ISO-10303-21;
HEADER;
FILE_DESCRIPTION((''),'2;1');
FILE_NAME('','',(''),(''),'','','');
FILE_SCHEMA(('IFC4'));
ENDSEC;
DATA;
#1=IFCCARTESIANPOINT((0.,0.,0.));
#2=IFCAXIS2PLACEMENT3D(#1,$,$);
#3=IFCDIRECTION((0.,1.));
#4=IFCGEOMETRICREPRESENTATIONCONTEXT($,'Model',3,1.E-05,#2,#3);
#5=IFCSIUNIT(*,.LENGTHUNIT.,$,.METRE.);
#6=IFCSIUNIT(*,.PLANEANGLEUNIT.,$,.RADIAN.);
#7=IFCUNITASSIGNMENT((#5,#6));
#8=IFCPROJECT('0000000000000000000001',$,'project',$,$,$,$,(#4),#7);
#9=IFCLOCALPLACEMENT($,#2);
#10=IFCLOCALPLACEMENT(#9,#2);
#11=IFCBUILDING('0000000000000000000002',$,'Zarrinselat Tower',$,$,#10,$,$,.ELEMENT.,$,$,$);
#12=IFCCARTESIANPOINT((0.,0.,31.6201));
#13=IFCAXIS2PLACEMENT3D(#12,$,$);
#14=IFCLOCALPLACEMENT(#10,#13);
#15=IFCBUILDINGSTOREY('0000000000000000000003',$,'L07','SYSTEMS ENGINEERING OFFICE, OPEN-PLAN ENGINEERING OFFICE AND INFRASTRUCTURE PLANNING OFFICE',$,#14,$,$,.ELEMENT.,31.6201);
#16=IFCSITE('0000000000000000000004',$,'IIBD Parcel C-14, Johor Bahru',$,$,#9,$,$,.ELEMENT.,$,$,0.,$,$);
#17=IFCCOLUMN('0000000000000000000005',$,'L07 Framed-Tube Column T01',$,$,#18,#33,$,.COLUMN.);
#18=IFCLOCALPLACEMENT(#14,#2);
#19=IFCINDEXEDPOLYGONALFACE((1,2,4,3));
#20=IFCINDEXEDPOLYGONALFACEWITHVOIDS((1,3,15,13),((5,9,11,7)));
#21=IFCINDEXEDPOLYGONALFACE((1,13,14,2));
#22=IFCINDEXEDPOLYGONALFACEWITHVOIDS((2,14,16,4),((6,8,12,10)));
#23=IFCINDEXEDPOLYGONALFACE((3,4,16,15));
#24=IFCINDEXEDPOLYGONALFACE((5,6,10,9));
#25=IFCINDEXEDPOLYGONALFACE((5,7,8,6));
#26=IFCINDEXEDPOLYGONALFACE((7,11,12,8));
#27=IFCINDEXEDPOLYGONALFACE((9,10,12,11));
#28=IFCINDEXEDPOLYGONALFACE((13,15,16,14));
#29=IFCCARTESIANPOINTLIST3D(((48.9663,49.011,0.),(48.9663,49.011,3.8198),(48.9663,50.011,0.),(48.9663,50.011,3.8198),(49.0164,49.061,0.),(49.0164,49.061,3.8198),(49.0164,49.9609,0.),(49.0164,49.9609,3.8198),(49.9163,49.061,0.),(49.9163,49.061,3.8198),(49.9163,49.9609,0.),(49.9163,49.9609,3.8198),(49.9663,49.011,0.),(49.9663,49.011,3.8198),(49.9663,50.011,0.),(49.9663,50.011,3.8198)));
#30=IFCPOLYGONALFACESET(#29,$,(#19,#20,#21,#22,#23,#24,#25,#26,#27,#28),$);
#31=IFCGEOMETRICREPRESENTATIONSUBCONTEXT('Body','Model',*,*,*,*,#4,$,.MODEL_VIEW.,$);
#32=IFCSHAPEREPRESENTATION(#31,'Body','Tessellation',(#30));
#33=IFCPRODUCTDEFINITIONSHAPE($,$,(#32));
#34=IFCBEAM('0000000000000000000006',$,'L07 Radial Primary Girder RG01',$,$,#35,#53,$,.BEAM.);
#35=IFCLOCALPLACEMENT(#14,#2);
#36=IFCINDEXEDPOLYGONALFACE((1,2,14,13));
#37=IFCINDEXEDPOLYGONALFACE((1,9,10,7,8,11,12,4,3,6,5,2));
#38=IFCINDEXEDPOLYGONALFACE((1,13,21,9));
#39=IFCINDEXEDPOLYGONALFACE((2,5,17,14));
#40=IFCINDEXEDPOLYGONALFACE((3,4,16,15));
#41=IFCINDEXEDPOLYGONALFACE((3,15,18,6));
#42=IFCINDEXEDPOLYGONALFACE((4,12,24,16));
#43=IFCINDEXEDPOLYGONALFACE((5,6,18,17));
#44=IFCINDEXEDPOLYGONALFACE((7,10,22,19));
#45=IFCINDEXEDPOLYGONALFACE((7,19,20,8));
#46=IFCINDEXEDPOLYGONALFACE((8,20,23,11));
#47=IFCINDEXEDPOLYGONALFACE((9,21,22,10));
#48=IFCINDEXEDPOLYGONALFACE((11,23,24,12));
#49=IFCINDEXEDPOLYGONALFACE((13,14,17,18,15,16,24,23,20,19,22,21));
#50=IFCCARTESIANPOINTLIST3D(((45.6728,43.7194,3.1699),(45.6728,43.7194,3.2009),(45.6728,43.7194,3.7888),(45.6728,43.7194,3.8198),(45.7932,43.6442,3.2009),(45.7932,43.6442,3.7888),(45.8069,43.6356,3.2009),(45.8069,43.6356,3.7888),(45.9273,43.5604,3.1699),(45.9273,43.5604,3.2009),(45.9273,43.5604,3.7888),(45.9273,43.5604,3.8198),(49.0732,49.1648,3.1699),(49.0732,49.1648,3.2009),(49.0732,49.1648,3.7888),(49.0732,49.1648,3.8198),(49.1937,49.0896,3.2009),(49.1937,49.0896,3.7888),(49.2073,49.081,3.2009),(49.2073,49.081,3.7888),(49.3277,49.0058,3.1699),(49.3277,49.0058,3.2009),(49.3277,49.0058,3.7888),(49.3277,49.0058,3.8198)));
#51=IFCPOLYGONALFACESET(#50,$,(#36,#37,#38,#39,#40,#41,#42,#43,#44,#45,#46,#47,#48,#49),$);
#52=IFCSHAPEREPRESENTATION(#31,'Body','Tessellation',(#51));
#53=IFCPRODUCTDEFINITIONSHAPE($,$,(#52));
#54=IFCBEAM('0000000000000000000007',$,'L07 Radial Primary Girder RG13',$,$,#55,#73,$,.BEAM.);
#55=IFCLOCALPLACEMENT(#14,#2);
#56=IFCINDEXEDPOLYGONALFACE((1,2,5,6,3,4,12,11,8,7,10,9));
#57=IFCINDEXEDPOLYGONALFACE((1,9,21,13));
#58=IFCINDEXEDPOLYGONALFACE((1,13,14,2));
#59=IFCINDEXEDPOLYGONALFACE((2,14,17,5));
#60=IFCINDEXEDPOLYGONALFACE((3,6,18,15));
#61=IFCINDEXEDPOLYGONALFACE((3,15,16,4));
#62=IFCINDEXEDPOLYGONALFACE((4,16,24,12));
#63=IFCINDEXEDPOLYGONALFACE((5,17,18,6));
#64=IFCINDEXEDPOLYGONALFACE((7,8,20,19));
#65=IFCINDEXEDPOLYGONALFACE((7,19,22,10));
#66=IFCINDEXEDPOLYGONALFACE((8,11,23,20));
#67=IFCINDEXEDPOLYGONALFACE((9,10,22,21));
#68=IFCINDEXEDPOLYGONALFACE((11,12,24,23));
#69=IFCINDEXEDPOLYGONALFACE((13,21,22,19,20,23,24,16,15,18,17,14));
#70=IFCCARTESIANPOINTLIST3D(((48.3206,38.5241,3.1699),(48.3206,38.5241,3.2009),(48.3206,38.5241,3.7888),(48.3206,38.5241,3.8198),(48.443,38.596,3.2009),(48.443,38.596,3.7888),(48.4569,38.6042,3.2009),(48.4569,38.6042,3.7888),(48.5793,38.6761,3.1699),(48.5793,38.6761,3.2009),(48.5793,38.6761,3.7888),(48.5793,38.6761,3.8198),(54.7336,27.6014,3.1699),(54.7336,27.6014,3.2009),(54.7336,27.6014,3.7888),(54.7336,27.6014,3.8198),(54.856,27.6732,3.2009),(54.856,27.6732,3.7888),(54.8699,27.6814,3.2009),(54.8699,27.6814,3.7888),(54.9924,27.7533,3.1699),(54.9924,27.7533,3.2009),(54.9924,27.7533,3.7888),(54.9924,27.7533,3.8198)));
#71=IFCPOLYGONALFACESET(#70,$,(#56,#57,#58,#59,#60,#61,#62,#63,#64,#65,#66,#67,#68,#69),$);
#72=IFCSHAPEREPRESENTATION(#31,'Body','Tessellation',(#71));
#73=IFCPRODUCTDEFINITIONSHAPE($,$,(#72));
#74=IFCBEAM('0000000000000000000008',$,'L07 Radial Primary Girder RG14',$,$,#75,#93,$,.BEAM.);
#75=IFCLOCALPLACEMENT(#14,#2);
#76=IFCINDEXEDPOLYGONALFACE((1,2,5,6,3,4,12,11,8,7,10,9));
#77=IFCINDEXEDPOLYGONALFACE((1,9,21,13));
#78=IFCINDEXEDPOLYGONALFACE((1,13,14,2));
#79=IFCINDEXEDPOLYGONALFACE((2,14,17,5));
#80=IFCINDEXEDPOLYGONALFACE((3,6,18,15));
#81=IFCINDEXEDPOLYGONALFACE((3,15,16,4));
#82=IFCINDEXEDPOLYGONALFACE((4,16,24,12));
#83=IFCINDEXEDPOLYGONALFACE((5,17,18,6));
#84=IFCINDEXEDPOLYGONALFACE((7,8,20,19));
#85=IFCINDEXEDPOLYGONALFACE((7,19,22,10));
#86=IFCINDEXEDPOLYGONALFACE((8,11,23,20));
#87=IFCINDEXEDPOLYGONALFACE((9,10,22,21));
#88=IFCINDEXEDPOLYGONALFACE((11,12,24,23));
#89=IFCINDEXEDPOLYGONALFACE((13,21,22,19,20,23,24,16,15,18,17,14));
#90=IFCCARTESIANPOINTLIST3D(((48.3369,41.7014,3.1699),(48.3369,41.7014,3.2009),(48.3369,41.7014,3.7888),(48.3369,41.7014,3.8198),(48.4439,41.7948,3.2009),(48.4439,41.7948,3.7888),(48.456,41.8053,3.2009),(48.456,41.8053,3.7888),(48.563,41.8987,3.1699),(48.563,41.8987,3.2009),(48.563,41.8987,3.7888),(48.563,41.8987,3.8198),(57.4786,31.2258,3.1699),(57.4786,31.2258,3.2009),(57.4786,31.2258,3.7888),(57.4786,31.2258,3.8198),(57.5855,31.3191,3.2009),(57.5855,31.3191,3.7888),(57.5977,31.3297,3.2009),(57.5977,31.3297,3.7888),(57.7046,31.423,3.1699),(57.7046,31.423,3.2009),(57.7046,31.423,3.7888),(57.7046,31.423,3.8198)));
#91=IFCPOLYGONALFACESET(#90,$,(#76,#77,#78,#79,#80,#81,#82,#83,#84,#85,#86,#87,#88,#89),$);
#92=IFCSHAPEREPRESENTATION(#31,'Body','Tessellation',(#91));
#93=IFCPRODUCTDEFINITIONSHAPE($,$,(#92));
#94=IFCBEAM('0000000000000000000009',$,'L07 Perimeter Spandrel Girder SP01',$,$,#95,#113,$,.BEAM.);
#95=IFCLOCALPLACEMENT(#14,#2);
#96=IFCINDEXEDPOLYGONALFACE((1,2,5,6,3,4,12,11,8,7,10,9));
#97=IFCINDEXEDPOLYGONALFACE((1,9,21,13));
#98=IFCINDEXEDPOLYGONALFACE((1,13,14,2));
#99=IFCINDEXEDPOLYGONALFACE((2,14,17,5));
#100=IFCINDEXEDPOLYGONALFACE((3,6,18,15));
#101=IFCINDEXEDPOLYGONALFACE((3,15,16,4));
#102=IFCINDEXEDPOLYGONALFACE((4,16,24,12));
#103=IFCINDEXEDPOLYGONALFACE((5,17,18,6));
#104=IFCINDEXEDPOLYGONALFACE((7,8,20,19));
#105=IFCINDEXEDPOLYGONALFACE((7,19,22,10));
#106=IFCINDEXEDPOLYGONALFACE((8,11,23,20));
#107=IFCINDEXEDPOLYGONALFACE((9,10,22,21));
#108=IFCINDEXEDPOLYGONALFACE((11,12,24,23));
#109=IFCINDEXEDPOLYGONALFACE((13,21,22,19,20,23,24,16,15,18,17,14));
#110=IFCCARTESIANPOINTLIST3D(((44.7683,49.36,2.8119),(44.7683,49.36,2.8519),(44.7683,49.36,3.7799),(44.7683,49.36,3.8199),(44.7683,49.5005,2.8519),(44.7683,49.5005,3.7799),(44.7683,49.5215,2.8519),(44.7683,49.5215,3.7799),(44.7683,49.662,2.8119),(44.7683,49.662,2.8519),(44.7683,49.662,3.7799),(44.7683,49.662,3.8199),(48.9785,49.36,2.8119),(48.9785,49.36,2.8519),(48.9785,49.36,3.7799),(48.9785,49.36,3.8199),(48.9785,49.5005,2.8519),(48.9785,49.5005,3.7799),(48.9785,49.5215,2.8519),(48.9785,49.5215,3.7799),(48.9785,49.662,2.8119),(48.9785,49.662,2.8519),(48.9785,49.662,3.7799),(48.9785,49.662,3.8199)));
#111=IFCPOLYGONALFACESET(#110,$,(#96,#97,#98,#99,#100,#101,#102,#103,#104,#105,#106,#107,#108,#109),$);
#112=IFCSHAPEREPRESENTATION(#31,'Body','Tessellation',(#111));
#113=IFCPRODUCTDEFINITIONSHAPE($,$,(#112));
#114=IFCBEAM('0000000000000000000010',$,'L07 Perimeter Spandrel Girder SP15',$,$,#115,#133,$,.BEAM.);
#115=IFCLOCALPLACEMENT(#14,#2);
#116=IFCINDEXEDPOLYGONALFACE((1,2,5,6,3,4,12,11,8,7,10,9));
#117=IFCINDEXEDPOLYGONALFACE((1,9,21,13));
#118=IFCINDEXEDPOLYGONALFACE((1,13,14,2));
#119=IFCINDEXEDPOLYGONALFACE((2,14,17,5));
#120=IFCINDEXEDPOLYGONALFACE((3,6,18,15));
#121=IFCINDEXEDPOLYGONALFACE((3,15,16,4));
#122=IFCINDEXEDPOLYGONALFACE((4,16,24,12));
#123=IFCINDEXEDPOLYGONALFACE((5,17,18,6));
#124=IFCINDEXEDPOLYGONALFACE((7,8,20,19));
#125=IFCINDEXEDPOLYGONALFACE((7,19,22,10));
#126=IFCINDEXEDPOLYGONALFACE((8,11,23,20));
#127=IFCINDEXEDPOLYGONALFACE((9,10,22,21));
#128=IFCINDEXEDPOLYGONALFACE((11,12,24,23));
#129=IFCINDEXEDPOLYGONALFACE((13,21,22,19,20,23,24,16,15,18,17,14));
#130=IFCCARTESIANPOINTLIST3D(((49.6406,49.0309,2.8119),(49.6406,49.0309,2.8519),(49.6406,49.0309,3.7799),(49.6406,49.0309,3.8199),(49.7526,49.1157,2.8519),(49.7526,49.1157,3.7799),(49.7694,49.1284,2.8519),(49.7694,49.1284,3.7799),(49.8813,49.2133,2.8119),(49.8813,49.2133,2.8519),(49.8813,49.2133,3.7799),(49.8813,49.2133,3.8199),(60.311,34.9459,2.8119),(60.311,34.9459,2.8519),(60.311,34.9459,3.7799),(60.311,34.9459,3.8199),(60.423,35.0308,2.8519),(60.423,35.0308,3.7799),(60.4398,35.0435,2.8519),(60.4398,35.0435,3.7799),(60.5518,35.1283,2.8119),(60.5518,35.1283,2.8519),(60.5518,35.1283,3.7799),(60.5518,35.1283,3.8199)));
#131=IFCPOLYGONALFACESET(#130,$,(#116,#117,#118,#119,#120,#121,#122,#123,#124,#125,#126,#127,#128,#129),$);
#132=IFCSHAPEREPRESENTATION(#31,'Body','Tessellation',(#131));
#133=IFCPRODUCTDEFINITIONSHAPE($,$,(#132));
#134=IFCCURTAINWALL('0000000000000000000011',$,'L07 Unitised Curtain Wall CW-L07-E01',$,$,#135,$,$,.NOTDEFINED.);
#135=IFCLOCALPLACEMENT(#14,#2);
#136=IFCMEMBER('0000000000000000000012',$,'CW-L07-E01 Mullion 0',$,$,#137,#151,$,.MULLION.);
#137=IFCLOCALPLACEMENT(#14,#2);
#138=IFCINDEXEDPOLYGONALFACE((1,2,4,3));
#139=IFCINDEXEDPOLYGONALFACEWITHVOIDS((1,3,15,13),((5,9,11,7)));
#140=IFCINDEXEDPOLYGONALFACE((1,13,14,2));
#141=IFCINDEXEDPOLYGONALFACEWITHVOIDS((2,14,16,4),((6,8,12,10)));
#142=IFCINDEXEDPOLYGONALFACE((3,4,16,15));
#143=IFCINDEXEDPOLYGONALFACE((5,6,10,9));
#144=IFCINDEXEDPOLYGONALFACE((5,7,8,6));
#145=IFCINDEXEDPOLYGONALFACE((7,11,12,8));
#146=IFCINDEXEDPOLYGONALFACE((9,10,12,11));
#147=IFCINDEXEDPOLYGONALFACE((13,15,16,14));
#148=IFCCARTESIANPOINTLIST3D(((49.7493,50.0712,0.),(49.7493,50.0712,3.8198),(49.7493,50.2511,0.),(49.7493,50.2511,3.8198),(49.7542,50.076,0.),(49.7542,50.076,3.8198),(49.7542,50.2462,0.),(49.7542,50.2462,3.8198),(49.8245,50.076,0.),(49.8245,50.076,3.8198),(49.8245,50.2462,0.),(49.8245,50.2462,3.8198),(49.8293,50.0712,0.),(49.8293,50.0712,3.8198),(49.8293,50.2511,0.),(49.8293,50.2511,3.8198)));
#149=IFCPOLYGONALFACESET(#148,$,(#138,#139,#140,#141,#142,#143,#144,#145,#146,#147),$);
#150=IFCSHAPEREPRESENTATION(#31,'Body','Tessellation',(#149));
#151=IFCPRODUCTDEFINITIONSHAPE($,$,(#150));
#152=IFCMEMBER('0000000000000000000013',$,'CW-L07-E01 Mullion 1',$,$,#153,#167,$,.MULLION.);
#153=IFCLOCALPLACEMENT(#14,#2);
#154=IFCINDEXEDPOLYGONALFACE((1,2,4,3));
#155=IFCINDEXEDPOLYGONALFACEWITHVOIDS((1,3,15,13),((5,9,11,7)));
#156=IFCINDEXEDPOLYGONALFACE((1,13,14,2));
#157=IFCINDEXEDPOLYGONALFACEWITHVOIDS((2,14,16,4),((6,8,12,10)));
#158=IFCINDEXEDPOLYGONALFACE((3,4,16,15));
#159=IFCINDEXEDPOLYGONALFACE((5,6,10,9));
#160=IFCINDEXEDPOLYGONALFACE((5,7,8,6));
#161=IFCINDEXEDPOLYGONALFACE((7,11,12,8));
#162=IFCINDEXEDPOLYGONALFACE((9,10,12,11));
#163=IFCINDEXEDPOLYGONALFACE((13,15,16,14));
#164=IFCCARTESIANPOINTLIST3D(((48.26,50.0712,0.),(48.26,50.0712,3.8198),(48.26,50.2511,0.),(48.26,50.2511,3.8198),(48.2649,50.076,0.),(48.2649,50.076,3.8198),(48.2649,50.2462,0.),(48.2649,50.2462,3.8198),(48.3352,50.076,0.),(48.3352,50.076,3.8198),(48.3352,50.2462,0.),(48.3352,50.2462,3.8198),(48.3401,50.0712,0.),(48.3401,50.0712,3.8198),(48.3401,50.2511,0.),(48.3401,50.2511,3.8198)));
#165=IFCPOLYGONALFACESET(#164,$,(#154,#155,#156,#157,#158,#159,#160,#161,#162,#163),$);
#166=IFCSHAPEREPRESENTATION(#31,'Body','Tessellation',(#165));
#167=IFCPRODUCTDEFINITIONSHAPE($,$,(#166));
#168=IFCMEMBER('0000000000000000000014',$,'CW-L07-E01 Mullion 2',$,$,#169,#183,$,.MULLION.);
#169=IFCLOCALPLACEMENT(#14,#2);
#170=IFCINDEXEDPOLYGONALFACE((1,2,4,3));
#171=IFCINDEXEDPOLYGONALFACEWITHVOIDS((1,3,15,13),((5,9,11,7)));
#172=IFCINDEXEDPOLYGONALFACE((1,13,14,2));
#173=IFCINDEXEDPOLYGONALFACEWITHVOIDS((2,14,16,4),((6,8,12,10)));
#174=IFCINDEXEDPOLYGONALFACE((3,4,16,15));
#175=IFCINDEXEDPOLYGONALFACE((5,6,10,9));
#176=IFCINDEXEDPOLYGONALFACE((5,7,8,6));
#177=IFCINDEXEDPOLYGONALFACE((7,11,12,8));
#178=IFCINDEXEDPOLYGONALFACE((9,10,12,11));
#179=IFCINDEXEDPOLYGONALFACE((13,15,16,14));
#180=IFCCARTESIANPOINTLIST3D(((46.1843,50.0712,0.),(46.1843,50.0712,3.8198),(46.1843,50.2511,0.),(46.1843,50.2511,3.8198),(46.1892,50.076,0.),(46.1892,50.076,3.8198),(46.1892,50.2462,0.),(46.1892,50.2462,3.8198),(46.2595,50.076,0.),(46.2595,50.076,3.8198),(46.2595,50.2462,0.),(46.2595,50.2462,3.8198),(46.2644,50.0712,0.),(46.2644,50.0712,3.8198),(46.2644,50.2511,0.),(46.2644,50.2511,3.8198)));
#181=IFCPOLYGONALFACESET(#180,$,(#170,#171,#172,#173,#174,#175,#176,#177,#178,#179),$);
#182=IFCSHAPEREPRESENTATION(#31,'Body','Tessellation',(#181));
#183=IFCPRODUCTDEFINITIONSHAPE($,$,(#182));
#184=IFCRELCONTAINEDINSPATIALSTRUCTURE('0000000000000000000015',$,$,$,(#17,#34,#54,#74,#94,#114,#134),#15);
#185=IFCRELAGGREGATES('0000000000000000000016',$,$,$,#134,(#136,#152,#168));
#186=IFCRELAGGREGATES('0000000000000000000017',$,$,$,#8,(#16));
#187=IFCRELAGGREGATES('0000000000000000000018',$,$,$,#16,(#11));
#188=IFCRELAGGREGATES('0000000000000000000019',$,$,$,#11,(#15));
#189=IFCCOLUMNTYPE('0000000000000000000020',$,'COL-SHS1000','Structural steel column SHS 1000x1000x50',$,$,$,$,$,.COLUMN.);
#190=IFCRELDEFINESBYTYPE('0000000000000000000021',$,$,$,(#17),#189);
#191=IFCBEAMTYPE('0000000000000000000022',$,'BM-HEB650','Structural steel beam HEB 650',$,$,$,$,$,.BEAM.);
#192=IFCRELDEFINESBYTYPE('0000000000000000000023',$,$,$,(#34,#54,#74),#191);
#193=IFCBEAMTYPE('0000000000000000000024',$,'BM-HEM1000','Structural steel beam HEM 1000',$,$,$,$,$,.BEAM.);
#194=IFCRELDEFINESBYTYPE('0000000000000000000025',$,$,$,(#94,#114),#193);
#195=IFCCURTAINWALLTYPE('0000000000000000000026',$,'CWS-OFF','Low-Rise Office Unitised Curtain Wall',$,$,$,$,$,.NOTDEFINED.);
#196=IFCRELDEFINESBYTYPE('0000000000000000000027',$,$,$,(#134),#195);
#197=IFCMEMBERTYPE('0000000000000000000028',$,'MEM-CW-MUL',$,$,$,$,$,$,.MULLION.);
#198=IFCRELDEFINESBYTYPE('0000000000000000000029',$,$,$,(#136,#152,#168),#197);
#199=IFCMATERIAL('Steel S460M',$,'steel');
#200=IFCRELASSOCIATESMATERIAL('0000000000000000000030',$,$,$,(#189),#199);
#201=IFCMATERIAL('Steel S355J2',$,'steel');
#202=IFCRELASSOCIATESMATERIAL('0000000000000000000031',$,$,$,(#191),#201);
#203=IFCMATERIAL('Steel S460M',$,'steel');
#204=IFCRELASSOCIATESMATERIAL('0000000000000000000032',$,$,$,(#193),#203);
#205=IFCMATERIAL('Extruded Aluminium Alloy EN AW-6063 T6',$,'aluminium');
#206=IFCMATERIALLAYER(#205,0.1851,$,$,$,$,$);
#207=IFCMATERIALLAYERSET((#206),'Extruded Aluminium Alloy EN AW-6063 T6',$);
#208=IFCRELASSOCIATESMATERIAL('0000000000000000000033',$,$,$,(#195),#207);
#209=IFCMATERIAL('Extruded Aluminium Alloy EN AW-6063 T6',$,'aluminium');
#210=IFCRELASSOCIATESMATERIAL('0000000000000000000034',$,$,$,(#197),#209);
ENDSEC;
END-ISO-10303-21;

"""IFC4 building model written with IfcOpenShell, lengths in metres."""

from ifc_helpers import new_model, si_unit, direction, frame, origin, origin_2d, place, context, subcontext, project, spatial, hollow_rectangle, i_section, extrude, material, layer, layer_set, material_profile, profile_set, type_object, element, aggregate, save


model = new_model("IFC4")

# Units and contexts
model_context = context("Model", 3, precision=1e-05, world=origin(), true_north=direction((0.0, 1.0)))
body_context = subcontext(model_context, "Body", "Model", "MODEL_VIEW")
ifc_project = project(units=[si_unit("LENGTHUNIT", "METRE"), si_unit("PLANEANGLEUNIT", "RADIAN")], contexts=[model_context])

# Site, building, storey
site_placement = place(None, origin())
site = spatial("IfcSite", under=ifc_project, at=site_placement, Name="IIBD Parcel C-14, Johor Bahru", CompositionType="ELEMENT", RefElevation=0.0)
building_placement = place(site_placement, origin())
building = spatial("IfcBuilding", under=site, at=building_placement, Name="Zarrinselat Tower", CompositionType="ELEMENT")
storey_placement = place(building_placement, frame((0.0, 0.0, 31.6201)))
storey = spatial("IfcBuildingStorey", under=building, at=storey_placement, Name="L07", Description="SYSTEMS ENGINEERING OFFICE, OPEN-PLAN ENGINEERING OFFICE AND INFRASTRUCTURE PLANNING OFFICE", CompositionType="ELEMENT", Elevation=31.6201)

# Column
ifc_material_1 = material(Name="Steel S460M", Category="steel")
ifc_material_profile_1 = material_profile(ifc_material_1, hollow_rectangle(XDim=1.0, YDim=1.0, WallThickness=0.05, at=origin_2d()), Name="SHS 1000x1000x50")
ifc_profile_set_1 = profile_set([ifc_material_profile_1], Name="Steel S460M")
column_type = type_object("IfcColumnType", Name="COL-SHS1000", Description="Structural steel column SHS 1000x1000x50", PredefinedType="COLUMN", material=ifc_profile_set_1)
column_placement = place(storey_placement, frame((49.4663, 49.511, 0.0), z_axis=(0.0, 0.0, 1.0), x_axis=(1.0, 0.0, 0.0)))
element("IfcColumn", 1, at=column_placement, inside=storey, type_object=column_type, Name="L07 Framed-Tube Column T01", PredefinedType="COLUMN", context=body_context, shape_type="SweptSolid", body=[
    extrude(hollow_rectangle(XDim=1.0, YDim=1.0, WallThickness=0.05, at=origin_2d()), origin(), (0.0, 0.0, 1.0), 3.8198),
])

# Beams
ifc_material_2 = material(Name="Steel S355J2", Category="steel")
ifc_material_profile_2 = material_profile(ifc_material_2, i_section(OverallWidth=0.3, OverallDepth=0.6499, WebThickness=0.0161, FlangeThickness=0.031, at=origin_2d()), Name="HEB 650")
ifc_profile_set_2 = profile_set([ifc_material_profile_2], Name="Steel S355J2")
beam_type_1 = type_object("IfcBeamType", Name="BM-HEB650", Description="Structural steel beam HEB 650", PredefinedType="BEAM", material=ifc_profile_set_2)
beam_1_placement = place(storey_placement, frame((45.8, 43.6399, 3.4949), z_axis=(0.529671, 0.848203, 0.0), x_axis=(-0.848203, 0.529671, 0.0)))
element("IfcBeam", 2, at=beam_1_placement, inside=storey, type_object=beam_type_1, Name="L07 Radial Primary Girder RG01", PredefinedType="BEAM", context=body_context, shape_type="SweptSolid", body=[
    extrude(i_section(OverallWidth=0.3, OverallDepth=0.6499, WebThickness=0.0161, FlangeThickness=0.031, at=origin_2d()), origin(), (0.0, 0.0, 1.0), 6.4199),
])
beam_2_placement = place(storey_placement, frame((48.45, 38.6001, 3.4949), z_axis=(0.506309, -0.862352, 0.0), x_axis=(0.862352, 0.506309, 0.0)))
element("IfcBeam", 3, at=beam_2_placement, inside=storey, type_object=beam_type_1, Name="L07 Radial Primary Girder RG13", PredefinedType="BEAM", context=body_context, shape_type="SweptSolid", body=[
    extrude(i_section(OverallWidth=0.3, OverallDepth=0.6499, WebThickness=0.0161, FlangeThickness=0.031, at=origin_2d()), origin(), (0.0, 0.0, 1.0), 12.6663),
])
beam_3_placement = place(storey_placement, frame((48.45, 41.8, 3.4949), z_axis=(0.657505, -0.753451, 0.0), x_axis=(0.753451, 0.657505, 0.0)))
element("IfcBeam", 4, at=beam_3_placement, inside=storey, type_object=beam_type_1, Name="L07 Radial Primary Girder RG14", PredefinedType="BEAM", context=body_context, shape_type="SweptSolid", body=[
    extrude(i_section(OverallWidth=0.3, OverallDepth=0.6499, WebThickness=0.0161, FlangeThickness=0.031, at=origin_2d()), origin(), (0.0, 0.0, 1.0), 13.9036),
])
ifc_material_3 = material(Name="Steel S460M", Category="steel")
ifc_material_profile_3 = material_profile(ifc_material_3, i_section(OverallWidth=0.302, OverallDepth=1.0081, WebThickness=0.021, FlangeThickness=0.04, at=origin_2d()), Name="HEM 1000")
ifc_profile_set_3 = profile_set([ifc_material_profile_3], Name="Steel S460M")
beam_type_2 = type_object("IfcBeamType", Name="BM-HEM1000", Description="Structural steel beam HEM 1000", PredefinedType="BEAM", material=ifc_profile_set_3)
beam_4_placement = place(storey_placement, frame((44.7683, 49.511, 3.3159), z_axis=(1.0, 0.0, 0.0), x_axis=(0.0, 1.0, 0.0)))
element("IfcBeam", 5, at=beam_4_placement, inside=storey, type_object=beam_type_2, Name="L07 Perimeter Spandrel Girder SP01", PredefinedType="BEAM", context=body_context, shape_type="SweptSolid", body=[
    extrude(i_section(OverallWidth=0.302, OverallDepth=1.0081, WebThickness=0.021, FlangeThickness=0.04, at=origin_2d()), origin(), (0.0, 0.0, 1.0), 4.2102),
])
beam_5_placement = place(storey_placement, frame((49.761, 49.1221, 3.3159), z_axis=(0.603857, -0.797093, 0.0), x_axis=(0.797093, 0.603857, 0.0)))
element("IfcBeam", 6, at=beam_5_placement, inside=storey, type_object=beam_type_2, Name="L07 Perimeter Spandrel Girder SP15", PredefinedType="BEAM", context=body_context, shape_type="SweptSolid", body=[
    extrude(i_section(OverallWidth=0.302, OverallDepth=1.0081, WebThickness=0.021, FlangeThickness=0.04, at=origin_2d()), origin(), (0.0, 0.0, 1.0), 17.6704),
])

# Curtain wall, members
ifc_material_4 = material(Name="Extruded Aluminium Alloy EN AW-6063 T6", Category="aluminium")
ifc_layer_1 = layer(ifc_material_4, 0.1851)
ifc_layer_set_1 = layer_set([ifc_layer_1], Name="Extruded Aluminium Alloy EN AW-6063 T6")
curtain_wall_type = type_object("IfcCurtainWallType", Name="CWS-OFF", Description="Low-Rise Office Unitised Curtain Wall", PredefinedType="NOTDEFINED", material=ifc_layer_set_1)
curtain_wall_1_placement = place(storey_placement, origin())
curtain_wall_1 = element("IfcCurtainWall", 7, at=curtain_wall_1_placement, inside=storey, type_object=curtain_wall_type, Name="L07 Unitised Curtain Wall CW-L07-E01", PredefinedType="NOTDEFINED")
ifc_material_5 = material(Name="Extruded Aluminium Alloy EN AW-6063 T6", Category="aluminium")
ifc_material_profile_4 = material_profile(ifc_material_5, hollow_rectangle(XDim=0.0801, YDim=0.1799, WallThickness=0.0049, at=origin_2d()), Name="RHS 180x80x5")
ifc_profile_set_4 = profile_set([ifc_material_profile_4], Name="Extruded Aluminium Alloy EN AW-6063 T6")
member_type_1 = type_object("IfcMemberType", Name="MEM-CW-MUL", PredefinedType="MULLION", material=ifc_profile_set_4)
member_1_placement = place(storey_placement, frame((49.7893, 50.1611, 0.0), z_axis=(0.0, 0.0, 1.0), x_axis=(-1.0, 0.0, 0.0)))
member_1 = element("IfcMember", 8, at=member_1_placement, type_object=member_type_1, Name="CW-L07-E01 Mullion 0", PredefinedType="MULLION", context=body_context, shape_type="SweptSolid", body=[
    extrude(hollow_rectangle(XDim=0.0801, YDim=0.1799, WallThickness=0.0049, at=origin_2d()), origin(), (0.0, 0.0, 1.0), 3.8198),
])
member_2_placement = place(storey_placement, frame((48.3, 50.1611, 0.0), z_axis=(0.0, 0.0, 1.0), x_axis=(-1.0, 0.0, 0.0)))
member_2 = element("IfcMember", 9, at=member_2_placement, type_object=member_type_1, Name="CW-L07-E01 Mullion 1", PredefinedType="MULLION", context=body_context, shape_type="SweptSolid", body=[
    extrude(hollow_rectangle(XDim=0.0801, YDim=0.1799, WallThickness=0.0049, at=origin_2d()), origin(), (0.0, 0.0, 1.0), 3.8198),
])
member_3_placement = place(storey_placement, frame((46.2244, 50.1611, 0.0), z_axis=(0.0, 0.0, 1.0), x_axis=(-1.0, 0.0, 0.0)))
member_3 = element("IfcMember", 10, at=member_3_placement, type_object=member_type_1, Name="CW-L07-E01 Mullion 2", PredefinedType="MULLION", context=body_context, shape_type="SweptSolid", body=[
    extrude(hollow_rectangle(XDim=0.0801, YDim=0.1799, WallThickness=0.0049, at=origin_2d()), origin(), (0.0, 0.0, 1.0), 3.8198),
])

aggregate(curtain_wall_1, [member_1, member_2, member_3])

save(model, "model.ifc")
